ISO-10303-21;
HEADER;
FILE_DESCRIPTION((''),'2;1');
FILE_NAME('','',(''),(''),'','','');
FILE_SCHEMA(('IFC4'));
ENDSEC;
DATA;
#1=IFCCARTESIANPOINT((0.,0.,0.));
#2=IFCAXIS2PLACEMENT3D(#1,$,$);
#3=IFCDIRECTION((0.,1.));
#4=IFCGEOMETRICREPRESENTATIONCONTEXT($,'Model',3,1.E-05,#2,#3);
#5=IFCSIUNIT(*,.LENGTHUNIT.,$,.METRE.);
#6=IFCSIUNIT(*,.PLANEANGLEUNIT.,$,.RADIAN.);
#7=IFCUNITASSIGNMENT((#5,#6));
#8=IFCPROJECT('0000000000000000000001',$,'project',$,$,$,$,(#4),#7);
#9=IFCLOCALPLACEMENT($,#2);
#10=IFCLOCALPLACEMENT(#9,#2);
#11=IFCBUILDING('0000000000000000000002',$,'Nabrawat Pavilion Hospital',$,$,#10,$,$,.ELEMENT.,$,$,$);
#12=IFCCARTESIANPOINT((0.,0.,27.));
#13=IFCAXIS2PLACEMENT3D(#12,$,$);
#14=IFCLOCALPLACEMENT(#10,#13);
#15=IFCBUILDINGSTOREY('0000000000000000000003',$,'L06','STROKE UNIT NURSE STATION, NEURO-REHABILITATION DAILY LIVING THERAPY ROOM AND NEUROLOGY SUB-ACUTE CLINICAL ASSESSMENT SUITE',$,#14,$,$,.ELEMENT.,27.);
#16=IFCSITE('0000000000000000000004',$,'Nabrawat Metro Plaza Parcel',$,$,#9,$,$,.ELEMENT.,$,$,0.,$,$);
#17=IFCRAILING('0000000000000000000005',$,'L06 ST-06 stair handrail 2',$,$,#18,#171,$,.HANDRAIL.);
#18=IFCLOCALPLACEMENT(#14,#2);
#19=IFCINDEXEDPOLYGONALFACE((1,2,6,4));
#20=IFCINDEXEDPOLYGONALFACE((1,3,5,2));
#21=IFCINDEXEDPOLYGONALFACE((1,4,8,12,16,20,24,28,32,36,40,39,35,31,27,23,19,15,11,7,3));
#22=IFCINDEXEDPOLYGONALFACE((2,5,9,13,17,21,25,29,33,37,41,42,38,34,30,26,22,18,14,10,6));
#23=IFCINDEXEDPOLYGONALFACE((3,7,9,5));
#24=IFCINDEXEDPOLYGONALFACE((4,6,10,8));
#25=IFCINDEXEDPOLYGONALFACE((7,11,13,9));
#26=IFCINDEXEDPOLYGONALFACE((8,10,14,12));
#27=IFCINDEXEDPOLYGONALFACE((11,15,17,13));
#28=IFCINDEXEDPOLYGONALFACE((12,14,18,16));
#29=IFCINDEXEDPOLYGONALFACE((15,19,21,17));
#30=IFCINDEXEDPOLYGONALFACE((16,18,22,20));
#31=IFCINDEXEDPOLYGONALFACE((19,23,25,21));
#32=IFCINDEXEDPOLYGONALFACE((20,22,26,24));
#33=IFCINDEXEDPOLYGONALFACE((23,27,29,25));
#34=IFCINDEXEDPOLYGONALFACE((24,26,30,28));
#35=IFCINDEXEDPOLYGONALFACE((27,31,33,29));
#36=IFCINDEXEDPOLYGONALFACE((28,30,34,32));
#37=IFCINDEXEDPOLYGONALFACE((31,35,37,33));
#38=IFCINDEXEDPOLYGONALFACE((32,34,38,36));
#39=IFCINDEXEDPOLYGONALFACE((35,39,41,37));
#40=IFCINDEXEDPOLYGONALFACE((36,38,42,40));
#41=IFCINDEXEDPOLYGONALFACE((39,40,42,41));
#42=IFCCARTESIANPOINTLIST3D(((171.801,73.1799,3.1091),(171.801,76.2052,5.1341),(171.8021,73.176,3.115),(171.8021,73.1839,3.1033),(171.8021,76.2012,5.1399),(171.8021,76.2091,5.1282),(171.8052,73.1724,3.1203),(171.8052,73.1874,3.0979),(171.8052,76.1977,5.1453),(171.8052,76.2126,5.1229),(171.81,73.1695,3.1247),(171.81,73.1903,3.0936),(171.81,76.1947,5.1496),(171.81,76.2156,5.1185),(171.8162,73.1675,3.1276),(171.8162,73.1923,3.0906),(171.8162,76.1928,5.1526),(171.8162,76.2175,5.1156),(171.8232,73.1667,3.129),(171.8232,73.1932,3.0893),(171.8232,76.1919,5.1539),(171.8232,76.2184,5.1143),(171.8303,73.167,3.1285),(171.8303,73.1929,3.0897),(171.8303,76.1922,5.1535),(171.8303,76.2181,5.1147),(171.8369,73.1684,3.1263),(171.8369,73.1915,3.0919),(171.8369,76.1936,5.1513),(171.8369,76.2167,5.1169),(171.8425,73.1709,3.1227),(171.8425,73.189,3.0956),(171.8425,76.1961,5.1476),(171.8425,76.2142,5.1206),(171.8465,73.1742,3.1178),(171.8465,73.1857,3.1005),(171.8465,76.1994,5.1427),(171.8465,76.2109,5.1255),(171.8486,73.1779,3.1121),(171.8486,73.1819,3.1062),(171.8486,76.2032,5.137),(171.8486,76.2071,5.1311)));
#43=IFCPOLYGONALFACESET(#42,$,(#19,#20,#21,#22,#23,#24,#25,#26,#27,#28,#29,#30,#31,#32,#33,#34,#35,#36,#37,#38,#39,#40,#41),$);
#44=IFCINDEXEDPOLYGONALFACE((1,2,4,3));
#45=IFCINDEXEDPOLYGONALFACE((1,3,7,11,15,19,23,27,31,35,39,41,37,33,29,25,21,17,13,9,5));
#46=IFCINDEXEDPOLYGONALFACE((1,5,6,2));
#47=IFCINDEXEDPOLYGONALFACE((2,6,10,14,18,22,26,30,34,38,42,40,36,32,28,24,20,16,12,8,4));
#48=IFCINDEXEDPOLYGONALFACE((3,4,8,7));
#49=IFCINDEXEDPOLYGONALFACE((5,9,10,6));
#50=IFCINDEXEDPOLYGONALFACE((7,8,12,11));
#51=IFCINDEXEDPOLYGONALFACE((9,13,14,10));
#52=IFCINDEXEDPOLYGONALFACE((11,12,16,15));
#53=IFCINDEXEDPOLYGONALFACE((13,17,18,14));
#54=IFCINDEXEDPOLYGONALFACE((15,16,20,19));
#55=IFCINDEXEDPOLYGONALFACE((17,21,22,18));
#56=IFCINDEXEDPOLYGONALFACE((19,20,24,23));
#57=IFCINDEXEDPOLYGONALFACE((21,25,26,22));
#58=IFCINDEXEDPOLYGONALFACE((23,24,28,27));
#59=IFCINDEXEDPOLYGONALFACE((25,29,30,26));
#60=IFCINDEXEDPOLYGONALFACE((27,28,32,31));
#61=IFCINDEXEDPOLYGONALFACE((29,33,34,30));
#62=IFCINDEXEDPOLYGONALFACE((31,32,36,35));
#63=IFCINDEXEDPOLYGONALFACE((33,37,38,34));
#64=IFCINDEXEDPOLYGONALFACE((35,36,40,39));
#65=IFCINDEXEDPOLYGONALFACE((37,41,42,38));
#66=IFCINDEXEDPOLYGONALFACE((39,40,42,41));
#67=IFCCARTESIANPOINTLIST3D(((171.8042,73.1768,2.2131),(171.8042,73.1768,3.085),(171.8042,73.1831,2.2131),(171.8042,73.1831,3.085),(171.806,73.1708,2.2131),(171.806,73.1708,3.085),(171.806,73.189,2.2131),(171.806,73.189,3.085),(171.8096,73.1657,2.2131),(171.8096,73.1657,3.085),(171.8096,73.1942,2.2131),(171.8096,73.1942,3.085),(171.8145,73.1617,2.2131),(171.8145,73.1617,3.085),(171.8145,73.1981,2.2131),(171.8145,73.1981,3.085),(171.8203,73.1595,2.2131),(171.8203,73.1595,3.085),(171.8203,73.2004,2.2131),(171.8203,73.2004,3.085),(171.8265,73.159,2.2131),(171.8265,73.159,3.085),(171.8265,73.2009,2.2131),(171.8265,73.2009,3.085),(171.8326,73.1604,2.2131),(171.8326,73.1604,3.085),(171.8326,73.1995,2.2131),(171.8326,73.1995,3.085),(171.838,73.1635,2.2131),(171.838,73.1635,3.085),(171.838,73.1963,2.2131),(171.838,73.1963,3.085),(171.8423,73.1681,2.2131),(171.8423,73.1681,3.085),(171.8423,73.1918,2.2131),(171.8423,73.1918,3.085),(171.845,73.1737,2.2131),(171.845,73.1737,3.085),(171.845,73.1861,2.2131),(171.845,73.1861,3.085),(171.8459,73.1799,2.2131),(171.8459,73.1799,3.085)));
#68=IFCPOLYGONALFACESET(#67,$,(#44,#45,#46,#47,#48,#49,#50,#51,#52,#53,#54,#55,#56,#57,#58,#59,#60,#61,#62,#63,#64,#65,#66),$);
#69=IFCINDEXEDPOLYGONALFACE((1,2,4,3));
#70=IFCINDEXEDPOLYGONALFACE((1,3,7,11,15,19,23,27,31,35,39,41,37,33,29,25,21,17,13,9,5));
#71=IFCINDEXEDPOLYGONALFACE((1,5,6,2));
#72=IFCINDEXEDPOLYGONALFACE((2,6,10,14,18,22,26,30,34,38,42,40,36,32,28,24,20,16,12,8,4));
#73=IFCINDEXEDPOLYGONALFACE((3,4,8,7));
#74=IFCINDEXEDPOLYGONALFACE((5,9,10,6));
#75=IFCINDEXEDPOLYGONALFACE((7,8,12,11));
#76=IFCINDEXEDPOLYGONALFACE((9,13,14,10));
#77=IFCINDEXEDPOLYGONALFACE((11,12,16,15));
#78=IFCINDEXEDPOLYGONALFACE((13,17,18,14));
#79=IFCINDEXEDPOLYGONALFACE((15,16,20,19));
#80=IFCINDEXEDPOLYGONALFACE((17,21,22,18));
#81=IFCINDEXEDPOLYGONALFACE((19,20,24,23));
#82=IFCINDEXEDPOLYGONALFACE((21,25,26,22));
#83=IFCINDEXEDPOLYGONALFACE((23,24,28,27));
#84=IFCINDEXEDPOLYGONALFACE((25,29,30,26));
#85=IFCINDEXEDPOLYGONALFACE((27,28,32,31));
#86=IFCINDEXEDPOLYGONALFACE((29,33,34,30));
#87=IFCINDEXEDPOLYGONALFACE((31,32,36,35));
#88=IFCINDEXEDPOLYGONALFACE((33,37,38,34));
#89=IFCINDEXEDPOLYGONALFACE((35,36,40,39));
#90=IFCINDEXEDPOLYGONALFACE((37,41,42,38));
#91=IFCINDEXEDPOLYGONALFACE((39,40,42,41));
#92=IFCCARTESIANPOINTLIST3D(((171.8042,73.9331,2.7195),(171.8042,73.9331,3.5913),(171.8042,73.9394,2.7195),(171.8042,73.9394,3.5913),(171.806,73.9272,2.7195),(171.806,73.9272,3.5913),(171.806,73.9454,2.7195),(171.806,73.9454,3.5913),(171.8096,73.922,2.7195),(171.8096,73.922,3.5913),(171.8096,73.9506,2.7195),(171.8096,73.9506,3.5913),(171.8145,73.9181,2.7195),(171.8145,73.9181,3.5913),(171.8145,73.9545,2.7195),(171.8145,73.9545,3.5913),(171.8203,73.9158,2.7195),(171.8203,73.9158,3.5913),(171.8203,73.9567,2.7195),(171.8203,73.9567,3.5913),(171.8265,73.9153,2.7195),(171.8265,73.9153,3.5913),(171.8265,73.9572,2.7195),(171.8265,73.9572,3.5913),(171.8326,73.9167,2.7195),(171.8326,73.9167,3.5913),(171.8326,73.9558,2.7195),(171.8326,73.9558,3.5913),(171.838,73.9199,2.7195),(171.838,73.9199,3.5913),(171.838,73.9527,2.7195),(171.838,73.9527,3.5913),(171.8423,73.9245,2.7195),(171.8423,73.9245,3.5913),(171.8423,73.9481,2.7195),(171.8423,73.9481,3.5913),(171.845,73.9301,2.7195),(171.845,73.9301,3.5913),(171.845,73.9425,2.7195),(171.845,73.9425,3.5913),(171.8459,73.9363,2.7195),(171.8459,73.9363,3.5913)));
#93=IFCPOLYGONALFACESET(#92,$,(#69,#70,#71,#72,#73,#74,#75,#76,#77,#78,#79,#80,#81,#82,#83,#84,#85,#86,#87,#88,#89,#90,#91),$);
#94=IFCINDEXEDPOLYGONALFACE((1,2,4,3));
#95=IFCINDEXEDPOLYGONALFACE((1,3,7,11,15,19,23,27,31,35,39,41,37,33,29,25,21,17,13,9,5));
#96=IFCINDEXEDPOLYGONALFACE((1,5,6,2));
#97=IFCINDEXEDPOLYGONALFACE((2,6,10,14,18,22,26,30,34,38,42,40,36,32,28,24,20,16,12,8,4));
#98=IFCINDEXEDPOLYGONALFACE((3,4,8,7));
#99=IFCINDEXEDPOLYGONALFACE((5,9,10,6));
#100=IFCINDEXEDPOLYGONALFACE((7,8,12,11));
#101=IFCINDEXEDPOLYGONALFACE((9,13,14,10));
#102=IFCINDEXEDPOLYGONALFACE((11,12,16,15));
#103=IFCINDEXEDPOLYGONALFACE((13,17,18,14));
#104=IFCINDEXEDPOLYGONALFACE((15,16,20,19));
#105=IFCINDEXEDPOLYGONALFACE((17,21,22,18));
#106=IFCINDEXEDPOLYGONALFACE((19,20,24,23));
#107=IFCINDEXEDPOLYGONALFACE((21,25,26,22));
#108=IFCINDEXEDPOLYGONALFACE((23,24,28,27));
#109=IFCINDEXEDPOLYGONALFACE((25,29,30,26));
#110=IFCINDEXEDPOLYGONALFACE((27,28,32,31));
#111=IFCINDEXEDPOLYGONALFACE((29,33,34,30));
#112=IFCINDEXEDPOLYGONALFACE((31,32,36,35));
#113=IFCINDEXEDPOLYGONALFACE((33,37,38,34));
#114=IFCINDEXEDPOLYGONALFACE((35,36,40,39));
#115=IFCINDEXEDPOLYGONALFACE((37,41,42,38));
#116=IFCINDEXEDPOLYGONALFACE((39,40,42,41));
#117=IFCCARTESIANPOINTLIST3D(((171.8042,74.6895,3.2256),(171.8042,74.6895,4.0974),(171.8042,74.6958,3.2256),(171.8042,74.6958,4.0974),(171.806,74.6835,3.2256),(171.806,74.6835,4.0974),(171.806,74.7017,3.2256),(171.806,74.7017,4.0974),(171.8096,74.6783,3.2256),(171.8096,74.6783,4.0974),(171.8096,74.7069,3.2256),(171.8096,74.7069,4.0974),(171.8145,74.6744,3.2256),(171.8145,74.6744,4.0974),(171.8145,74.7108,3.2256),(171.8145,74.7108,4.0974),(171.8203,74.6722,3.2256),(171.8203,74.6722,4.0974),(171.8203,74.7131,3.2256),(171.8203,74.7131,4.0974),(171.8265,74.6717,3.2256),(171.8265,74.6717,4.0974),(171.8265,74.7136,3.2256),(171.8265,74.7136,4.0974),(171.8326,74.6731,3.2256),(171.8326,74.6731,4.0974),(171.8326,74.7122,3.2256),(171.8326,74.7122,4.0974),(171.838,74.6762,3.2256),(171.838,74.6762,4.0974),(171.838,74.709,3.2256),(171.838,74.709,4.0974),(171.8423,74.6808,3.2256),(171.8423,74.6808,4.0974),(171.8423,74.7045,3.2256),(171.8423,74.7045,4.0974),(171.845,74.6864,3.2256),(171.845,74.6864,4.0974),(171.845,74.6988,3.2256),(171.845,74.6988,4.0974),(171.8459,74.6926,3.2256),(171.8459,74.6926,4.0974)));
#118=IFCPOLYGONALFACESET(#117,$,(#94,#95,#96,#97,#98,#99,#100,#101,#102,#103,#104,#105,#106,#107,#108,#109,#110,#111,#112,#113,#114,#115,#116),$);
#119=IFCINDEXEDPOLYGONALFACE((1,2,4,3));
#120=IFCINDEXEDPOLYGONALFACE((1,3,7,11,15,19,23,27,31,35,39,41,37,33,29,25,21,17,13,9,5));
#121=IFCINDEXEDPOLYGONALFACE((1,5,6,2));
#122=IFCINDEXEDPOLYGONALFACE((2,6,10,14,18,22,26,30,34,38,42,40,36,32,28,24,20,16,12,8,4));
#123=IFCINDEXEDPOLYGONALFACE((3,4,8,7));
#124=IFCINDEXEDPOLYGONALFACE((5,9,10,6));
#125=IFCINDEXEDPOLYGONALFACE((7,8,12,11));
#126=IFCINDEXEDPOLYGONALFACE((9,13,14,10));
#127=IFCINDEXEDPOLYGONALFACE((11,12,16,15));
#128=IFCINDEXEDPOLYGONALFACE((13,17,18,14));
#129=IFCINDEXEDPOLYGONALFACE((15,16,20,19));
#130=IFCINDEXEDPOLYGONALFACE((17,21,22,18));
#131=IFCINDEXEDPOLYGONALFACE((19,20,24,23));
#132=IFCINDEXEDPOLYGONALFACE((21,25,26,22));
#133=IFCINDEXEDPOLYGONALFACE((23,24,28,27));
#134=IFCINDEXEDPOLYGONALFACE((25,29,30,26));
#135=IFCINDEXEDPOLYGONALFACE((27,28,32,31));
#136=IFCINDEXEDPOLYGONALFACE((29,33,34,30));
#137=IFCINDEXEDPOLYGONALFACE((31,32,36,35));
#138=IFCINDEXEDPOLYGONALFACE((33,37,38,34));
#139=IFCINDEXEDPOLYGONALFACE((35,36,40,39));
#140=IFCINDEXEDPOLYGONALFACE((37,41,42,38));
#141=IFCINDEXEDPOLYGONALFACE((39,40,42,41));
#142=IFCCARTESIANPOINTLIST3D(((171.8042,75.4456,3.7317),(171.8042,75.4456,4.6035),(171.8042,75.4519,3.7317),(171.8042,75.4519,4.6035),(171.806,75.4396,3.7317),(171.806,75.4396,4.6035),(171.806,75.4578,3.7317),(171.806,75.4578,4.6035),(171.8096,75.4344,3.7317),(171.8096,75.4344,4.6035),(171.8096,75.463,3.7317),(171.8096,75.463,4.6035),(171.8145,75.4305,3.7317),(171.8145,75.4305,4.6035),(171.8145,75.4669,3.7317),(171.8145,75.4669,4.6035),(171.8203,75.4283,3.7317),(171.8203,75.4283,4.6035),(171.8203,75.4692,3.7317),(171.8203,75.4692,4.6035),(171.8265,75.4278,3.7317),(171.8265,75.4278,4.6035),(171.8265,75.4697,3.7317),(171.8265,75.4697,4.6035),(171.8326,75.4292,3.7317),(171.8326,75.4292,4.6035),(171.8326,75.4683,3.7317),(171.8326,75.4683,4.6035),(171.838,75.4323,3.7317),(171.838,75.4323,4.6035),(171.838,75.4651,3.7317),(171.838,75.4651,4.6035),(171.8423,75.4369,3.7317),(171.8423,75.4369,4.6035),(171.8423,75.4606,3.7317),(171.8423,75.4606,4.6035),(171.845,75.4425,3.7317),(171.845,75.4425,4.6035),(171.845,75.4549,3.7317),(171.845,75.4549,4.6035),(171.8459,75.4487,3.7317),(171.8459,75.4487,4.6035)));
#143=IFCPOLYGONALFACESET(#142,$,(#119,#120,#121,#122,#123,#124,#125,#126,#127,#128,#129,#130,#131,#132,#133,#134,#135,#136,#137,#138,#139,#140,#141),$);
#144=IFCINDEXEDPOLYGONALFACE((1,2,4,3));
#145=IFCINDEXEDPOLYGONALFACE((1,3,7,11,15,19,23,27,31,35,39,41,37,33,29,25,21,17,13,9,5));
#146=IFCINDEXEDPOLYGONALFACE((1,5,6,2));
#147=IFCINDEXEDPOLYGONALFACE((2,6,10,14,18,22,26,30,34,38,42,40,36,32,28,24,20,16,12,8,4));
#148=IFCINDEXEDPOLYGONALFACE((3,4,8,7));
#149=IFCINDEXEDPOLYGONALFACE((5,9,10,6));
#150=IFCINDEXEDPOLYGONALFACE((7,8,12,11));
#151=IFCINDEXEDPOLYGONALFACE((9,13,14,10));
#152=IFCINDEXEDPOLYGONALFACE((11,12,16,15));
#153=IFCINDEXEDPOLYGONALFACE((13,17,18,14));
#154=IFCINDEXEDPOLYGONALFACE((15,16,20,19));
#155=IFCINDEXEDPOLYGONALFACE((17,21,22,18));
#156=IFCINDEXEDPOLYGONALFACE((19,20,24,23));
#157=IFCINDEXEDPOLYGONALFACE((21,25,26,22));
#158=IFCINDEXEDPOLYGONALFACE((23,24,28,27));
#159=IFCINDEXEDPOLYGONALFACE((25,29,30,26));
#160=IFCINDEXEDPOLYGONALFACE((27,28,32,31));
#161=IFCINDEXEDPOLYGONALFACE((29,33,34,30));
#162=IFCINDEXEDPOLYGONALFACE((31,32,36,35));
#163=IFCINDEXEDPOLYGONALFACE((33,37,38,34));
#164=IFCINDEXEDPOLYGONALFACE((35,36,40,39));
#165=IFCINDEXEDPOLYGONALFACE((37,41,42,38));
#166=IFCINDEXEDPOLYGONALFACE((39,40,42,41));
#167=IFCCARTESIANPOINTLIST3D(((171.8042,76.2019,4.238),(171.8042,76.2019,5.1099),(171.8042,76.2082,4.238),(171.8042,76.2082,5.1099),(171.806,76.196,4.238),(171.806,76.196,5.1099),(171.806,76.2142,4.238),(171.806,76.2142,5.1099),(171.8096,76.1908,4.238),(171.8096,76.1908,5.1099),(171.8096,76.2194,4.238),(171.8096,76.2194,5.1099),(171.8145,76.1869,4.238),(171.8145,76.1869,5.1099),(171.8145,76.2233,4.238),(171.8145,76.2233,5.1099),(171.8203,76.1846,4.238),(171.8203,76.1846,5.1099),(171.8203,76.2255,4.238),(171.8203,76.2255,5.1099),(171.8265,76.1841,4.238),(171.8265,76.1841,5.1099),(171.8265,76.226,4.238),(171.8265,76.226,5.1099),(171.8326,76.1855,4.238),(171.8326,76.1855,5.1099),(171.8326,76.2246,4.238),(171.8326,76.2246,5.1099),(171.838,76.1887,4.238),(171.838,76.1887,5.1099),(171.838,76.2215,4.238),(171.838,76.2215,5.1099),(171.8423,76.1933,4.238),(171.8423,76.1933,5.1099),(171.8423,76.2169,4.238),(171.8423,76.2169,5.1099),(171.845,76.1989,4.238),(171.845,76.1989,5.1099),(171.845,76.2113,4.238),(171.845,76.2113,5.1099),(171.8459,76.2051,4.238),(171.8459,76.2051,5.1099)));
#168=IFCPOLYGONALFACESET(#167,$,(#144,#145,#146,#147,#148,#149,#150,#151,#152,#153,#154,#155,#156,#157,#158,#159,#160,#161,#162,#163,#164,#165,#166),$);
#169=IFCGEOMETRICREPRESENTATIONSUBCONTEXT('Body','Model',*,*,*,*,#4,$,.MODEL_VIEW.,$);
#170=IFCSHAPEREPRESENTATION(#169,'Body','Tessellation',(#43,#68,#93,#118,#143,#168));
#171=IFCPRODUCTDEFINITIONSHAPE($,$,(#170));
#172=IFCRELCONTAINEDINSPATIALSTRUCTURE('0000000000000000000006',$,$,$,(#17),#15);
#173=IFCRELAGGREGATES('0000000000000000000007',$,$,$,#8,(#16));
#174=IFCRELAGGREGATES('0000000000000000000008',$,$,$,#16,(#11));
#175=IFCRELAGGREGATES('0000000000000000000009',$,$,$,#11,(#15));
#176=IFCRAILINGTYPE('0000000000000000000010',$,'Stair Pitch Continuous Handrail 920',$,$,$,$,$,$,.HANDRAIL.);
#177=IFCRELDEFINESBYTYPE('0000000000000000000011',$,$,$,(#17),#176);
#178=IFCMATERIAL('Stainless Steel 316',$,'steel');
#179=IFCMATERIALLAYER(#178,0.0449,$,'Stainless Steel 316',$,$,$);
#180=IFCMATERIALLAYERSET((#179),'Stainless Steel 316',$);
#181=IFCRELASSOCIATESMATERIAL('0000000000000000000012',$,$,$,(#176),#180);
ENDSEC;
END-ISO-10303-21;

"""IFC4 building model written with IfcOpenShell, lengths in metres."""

from ifc_helpers import new_model, si_unit, direction, frame, origin, origin_2d, place, context, subcontext, project, spatial, circle, extrude, material, layer, layer_set, type_object, element, save


model = new_model("IFC4")

# Units and contexts
model_context = context("Model", 3, precision=1e-05, world=origin(), true_north=direction((0.0, 1.0)))
body_context = subcontext(model_context, "Body", "Model", "MODEL_VIEW")
ifc_project = project(units=[si_unit("LENGTHUNIT", "METRE"), si_unit("PLANEANGLEUNIT", "RADIAN")], contexts=[model_context])

# Site, building, storey
site_placement = place(None, origin())
site = spatial("IfcSite", under=ifc_project, at=site_placement, Name="Nabrawat Metro Plaza Parcel", CompositionType="ELEMENT", RefElevation=0.0)
building_placement = place(site_placement, origin())
building = spatial("IfcBuilding", under=site, at=building_placement, Name="Nabrawat Pavilion Hospital", CompositionType="ELEMENT")
storey_placement = place(building_placement, frame((0.0, 0.0, 27.0)))
storey = spatial("IfcBuildingStorey", under=building, at=storey_placement, Name="L06", Description="STROKE UNIT NURSE STATION, NEURO-REHABILITATION DAILY LIVING THERAPY ROOM AND NEUROLOGY SUB-ACUTE CLINICAL ASSESSMENT SUITE", CompositionType="ELEMENT", Elevation=27.0)

# Railing
ifc_material_1 = material(Name="Stainless Steel 316", Category="steel")
ifc_layer_1 = layer(ifc_material_1, 0.0449, Name="Stainless Steel 316")
ifc_layer_set_1 = layer_set([ifc_layer_1], Name="Stainless Steel 316")
railing_type_1 = type_object("IfcRailingType", Name="Stair Pitch Continuous Handrail 920", PredefinedType="HANDRAIL", material=ifc_layer_set_1)
railing_1_placement = place(storey_placement, frame((171.825, 73.1799, 2.2131)))
element("IfcRailing", 1, at=railing_1_placement, inside=storey, type_object=railing_type_1, Name="L06 ST-06 stair handrail 2", PredefinedType="HANDRAIL", context=body_context, shape_type="SweptSolid", body=[
    extrude(circle(Radius=0.0239, at=origin_2d()), frame((0.0, 0.0, 0.896), z_axis=(0.0, 0.831017, 0.556247), x_axis=(-1.0, 0.0, 0.0)), (0.0, 0.0, 1.0), 3.6404),
    extrude(circle(Radius=0.021, at=origin_2d()), origin(), (0.0, 0.0, 1.0), 0.8718),
    extrude(circle(Radius=0.021, at=origin_2d()), frame((0.0, 0.7563, 0.5063)), (0.0, 0.0, 1.0), 0.8718),
    extrude(circle(Radius=0.021, at=origin_2d()), frame((0.0, 1.5127, 1.0125)), (0.0, 0.0, 1.0), 0.8718),
    extrude(circle(Radius=0.021, at=origin_2d()), frame((0.0, 2.2688, 1.5186)), (0.0, 0.0, 1.0), 0.8718),
    extrude(circle(Radius=0.021, at=origin_2d()), frame((0.0, 3.0251, 2.0249)), (0.0, 0.0, 1.0), 0.8718),
])

save(model, "model.ifc")
